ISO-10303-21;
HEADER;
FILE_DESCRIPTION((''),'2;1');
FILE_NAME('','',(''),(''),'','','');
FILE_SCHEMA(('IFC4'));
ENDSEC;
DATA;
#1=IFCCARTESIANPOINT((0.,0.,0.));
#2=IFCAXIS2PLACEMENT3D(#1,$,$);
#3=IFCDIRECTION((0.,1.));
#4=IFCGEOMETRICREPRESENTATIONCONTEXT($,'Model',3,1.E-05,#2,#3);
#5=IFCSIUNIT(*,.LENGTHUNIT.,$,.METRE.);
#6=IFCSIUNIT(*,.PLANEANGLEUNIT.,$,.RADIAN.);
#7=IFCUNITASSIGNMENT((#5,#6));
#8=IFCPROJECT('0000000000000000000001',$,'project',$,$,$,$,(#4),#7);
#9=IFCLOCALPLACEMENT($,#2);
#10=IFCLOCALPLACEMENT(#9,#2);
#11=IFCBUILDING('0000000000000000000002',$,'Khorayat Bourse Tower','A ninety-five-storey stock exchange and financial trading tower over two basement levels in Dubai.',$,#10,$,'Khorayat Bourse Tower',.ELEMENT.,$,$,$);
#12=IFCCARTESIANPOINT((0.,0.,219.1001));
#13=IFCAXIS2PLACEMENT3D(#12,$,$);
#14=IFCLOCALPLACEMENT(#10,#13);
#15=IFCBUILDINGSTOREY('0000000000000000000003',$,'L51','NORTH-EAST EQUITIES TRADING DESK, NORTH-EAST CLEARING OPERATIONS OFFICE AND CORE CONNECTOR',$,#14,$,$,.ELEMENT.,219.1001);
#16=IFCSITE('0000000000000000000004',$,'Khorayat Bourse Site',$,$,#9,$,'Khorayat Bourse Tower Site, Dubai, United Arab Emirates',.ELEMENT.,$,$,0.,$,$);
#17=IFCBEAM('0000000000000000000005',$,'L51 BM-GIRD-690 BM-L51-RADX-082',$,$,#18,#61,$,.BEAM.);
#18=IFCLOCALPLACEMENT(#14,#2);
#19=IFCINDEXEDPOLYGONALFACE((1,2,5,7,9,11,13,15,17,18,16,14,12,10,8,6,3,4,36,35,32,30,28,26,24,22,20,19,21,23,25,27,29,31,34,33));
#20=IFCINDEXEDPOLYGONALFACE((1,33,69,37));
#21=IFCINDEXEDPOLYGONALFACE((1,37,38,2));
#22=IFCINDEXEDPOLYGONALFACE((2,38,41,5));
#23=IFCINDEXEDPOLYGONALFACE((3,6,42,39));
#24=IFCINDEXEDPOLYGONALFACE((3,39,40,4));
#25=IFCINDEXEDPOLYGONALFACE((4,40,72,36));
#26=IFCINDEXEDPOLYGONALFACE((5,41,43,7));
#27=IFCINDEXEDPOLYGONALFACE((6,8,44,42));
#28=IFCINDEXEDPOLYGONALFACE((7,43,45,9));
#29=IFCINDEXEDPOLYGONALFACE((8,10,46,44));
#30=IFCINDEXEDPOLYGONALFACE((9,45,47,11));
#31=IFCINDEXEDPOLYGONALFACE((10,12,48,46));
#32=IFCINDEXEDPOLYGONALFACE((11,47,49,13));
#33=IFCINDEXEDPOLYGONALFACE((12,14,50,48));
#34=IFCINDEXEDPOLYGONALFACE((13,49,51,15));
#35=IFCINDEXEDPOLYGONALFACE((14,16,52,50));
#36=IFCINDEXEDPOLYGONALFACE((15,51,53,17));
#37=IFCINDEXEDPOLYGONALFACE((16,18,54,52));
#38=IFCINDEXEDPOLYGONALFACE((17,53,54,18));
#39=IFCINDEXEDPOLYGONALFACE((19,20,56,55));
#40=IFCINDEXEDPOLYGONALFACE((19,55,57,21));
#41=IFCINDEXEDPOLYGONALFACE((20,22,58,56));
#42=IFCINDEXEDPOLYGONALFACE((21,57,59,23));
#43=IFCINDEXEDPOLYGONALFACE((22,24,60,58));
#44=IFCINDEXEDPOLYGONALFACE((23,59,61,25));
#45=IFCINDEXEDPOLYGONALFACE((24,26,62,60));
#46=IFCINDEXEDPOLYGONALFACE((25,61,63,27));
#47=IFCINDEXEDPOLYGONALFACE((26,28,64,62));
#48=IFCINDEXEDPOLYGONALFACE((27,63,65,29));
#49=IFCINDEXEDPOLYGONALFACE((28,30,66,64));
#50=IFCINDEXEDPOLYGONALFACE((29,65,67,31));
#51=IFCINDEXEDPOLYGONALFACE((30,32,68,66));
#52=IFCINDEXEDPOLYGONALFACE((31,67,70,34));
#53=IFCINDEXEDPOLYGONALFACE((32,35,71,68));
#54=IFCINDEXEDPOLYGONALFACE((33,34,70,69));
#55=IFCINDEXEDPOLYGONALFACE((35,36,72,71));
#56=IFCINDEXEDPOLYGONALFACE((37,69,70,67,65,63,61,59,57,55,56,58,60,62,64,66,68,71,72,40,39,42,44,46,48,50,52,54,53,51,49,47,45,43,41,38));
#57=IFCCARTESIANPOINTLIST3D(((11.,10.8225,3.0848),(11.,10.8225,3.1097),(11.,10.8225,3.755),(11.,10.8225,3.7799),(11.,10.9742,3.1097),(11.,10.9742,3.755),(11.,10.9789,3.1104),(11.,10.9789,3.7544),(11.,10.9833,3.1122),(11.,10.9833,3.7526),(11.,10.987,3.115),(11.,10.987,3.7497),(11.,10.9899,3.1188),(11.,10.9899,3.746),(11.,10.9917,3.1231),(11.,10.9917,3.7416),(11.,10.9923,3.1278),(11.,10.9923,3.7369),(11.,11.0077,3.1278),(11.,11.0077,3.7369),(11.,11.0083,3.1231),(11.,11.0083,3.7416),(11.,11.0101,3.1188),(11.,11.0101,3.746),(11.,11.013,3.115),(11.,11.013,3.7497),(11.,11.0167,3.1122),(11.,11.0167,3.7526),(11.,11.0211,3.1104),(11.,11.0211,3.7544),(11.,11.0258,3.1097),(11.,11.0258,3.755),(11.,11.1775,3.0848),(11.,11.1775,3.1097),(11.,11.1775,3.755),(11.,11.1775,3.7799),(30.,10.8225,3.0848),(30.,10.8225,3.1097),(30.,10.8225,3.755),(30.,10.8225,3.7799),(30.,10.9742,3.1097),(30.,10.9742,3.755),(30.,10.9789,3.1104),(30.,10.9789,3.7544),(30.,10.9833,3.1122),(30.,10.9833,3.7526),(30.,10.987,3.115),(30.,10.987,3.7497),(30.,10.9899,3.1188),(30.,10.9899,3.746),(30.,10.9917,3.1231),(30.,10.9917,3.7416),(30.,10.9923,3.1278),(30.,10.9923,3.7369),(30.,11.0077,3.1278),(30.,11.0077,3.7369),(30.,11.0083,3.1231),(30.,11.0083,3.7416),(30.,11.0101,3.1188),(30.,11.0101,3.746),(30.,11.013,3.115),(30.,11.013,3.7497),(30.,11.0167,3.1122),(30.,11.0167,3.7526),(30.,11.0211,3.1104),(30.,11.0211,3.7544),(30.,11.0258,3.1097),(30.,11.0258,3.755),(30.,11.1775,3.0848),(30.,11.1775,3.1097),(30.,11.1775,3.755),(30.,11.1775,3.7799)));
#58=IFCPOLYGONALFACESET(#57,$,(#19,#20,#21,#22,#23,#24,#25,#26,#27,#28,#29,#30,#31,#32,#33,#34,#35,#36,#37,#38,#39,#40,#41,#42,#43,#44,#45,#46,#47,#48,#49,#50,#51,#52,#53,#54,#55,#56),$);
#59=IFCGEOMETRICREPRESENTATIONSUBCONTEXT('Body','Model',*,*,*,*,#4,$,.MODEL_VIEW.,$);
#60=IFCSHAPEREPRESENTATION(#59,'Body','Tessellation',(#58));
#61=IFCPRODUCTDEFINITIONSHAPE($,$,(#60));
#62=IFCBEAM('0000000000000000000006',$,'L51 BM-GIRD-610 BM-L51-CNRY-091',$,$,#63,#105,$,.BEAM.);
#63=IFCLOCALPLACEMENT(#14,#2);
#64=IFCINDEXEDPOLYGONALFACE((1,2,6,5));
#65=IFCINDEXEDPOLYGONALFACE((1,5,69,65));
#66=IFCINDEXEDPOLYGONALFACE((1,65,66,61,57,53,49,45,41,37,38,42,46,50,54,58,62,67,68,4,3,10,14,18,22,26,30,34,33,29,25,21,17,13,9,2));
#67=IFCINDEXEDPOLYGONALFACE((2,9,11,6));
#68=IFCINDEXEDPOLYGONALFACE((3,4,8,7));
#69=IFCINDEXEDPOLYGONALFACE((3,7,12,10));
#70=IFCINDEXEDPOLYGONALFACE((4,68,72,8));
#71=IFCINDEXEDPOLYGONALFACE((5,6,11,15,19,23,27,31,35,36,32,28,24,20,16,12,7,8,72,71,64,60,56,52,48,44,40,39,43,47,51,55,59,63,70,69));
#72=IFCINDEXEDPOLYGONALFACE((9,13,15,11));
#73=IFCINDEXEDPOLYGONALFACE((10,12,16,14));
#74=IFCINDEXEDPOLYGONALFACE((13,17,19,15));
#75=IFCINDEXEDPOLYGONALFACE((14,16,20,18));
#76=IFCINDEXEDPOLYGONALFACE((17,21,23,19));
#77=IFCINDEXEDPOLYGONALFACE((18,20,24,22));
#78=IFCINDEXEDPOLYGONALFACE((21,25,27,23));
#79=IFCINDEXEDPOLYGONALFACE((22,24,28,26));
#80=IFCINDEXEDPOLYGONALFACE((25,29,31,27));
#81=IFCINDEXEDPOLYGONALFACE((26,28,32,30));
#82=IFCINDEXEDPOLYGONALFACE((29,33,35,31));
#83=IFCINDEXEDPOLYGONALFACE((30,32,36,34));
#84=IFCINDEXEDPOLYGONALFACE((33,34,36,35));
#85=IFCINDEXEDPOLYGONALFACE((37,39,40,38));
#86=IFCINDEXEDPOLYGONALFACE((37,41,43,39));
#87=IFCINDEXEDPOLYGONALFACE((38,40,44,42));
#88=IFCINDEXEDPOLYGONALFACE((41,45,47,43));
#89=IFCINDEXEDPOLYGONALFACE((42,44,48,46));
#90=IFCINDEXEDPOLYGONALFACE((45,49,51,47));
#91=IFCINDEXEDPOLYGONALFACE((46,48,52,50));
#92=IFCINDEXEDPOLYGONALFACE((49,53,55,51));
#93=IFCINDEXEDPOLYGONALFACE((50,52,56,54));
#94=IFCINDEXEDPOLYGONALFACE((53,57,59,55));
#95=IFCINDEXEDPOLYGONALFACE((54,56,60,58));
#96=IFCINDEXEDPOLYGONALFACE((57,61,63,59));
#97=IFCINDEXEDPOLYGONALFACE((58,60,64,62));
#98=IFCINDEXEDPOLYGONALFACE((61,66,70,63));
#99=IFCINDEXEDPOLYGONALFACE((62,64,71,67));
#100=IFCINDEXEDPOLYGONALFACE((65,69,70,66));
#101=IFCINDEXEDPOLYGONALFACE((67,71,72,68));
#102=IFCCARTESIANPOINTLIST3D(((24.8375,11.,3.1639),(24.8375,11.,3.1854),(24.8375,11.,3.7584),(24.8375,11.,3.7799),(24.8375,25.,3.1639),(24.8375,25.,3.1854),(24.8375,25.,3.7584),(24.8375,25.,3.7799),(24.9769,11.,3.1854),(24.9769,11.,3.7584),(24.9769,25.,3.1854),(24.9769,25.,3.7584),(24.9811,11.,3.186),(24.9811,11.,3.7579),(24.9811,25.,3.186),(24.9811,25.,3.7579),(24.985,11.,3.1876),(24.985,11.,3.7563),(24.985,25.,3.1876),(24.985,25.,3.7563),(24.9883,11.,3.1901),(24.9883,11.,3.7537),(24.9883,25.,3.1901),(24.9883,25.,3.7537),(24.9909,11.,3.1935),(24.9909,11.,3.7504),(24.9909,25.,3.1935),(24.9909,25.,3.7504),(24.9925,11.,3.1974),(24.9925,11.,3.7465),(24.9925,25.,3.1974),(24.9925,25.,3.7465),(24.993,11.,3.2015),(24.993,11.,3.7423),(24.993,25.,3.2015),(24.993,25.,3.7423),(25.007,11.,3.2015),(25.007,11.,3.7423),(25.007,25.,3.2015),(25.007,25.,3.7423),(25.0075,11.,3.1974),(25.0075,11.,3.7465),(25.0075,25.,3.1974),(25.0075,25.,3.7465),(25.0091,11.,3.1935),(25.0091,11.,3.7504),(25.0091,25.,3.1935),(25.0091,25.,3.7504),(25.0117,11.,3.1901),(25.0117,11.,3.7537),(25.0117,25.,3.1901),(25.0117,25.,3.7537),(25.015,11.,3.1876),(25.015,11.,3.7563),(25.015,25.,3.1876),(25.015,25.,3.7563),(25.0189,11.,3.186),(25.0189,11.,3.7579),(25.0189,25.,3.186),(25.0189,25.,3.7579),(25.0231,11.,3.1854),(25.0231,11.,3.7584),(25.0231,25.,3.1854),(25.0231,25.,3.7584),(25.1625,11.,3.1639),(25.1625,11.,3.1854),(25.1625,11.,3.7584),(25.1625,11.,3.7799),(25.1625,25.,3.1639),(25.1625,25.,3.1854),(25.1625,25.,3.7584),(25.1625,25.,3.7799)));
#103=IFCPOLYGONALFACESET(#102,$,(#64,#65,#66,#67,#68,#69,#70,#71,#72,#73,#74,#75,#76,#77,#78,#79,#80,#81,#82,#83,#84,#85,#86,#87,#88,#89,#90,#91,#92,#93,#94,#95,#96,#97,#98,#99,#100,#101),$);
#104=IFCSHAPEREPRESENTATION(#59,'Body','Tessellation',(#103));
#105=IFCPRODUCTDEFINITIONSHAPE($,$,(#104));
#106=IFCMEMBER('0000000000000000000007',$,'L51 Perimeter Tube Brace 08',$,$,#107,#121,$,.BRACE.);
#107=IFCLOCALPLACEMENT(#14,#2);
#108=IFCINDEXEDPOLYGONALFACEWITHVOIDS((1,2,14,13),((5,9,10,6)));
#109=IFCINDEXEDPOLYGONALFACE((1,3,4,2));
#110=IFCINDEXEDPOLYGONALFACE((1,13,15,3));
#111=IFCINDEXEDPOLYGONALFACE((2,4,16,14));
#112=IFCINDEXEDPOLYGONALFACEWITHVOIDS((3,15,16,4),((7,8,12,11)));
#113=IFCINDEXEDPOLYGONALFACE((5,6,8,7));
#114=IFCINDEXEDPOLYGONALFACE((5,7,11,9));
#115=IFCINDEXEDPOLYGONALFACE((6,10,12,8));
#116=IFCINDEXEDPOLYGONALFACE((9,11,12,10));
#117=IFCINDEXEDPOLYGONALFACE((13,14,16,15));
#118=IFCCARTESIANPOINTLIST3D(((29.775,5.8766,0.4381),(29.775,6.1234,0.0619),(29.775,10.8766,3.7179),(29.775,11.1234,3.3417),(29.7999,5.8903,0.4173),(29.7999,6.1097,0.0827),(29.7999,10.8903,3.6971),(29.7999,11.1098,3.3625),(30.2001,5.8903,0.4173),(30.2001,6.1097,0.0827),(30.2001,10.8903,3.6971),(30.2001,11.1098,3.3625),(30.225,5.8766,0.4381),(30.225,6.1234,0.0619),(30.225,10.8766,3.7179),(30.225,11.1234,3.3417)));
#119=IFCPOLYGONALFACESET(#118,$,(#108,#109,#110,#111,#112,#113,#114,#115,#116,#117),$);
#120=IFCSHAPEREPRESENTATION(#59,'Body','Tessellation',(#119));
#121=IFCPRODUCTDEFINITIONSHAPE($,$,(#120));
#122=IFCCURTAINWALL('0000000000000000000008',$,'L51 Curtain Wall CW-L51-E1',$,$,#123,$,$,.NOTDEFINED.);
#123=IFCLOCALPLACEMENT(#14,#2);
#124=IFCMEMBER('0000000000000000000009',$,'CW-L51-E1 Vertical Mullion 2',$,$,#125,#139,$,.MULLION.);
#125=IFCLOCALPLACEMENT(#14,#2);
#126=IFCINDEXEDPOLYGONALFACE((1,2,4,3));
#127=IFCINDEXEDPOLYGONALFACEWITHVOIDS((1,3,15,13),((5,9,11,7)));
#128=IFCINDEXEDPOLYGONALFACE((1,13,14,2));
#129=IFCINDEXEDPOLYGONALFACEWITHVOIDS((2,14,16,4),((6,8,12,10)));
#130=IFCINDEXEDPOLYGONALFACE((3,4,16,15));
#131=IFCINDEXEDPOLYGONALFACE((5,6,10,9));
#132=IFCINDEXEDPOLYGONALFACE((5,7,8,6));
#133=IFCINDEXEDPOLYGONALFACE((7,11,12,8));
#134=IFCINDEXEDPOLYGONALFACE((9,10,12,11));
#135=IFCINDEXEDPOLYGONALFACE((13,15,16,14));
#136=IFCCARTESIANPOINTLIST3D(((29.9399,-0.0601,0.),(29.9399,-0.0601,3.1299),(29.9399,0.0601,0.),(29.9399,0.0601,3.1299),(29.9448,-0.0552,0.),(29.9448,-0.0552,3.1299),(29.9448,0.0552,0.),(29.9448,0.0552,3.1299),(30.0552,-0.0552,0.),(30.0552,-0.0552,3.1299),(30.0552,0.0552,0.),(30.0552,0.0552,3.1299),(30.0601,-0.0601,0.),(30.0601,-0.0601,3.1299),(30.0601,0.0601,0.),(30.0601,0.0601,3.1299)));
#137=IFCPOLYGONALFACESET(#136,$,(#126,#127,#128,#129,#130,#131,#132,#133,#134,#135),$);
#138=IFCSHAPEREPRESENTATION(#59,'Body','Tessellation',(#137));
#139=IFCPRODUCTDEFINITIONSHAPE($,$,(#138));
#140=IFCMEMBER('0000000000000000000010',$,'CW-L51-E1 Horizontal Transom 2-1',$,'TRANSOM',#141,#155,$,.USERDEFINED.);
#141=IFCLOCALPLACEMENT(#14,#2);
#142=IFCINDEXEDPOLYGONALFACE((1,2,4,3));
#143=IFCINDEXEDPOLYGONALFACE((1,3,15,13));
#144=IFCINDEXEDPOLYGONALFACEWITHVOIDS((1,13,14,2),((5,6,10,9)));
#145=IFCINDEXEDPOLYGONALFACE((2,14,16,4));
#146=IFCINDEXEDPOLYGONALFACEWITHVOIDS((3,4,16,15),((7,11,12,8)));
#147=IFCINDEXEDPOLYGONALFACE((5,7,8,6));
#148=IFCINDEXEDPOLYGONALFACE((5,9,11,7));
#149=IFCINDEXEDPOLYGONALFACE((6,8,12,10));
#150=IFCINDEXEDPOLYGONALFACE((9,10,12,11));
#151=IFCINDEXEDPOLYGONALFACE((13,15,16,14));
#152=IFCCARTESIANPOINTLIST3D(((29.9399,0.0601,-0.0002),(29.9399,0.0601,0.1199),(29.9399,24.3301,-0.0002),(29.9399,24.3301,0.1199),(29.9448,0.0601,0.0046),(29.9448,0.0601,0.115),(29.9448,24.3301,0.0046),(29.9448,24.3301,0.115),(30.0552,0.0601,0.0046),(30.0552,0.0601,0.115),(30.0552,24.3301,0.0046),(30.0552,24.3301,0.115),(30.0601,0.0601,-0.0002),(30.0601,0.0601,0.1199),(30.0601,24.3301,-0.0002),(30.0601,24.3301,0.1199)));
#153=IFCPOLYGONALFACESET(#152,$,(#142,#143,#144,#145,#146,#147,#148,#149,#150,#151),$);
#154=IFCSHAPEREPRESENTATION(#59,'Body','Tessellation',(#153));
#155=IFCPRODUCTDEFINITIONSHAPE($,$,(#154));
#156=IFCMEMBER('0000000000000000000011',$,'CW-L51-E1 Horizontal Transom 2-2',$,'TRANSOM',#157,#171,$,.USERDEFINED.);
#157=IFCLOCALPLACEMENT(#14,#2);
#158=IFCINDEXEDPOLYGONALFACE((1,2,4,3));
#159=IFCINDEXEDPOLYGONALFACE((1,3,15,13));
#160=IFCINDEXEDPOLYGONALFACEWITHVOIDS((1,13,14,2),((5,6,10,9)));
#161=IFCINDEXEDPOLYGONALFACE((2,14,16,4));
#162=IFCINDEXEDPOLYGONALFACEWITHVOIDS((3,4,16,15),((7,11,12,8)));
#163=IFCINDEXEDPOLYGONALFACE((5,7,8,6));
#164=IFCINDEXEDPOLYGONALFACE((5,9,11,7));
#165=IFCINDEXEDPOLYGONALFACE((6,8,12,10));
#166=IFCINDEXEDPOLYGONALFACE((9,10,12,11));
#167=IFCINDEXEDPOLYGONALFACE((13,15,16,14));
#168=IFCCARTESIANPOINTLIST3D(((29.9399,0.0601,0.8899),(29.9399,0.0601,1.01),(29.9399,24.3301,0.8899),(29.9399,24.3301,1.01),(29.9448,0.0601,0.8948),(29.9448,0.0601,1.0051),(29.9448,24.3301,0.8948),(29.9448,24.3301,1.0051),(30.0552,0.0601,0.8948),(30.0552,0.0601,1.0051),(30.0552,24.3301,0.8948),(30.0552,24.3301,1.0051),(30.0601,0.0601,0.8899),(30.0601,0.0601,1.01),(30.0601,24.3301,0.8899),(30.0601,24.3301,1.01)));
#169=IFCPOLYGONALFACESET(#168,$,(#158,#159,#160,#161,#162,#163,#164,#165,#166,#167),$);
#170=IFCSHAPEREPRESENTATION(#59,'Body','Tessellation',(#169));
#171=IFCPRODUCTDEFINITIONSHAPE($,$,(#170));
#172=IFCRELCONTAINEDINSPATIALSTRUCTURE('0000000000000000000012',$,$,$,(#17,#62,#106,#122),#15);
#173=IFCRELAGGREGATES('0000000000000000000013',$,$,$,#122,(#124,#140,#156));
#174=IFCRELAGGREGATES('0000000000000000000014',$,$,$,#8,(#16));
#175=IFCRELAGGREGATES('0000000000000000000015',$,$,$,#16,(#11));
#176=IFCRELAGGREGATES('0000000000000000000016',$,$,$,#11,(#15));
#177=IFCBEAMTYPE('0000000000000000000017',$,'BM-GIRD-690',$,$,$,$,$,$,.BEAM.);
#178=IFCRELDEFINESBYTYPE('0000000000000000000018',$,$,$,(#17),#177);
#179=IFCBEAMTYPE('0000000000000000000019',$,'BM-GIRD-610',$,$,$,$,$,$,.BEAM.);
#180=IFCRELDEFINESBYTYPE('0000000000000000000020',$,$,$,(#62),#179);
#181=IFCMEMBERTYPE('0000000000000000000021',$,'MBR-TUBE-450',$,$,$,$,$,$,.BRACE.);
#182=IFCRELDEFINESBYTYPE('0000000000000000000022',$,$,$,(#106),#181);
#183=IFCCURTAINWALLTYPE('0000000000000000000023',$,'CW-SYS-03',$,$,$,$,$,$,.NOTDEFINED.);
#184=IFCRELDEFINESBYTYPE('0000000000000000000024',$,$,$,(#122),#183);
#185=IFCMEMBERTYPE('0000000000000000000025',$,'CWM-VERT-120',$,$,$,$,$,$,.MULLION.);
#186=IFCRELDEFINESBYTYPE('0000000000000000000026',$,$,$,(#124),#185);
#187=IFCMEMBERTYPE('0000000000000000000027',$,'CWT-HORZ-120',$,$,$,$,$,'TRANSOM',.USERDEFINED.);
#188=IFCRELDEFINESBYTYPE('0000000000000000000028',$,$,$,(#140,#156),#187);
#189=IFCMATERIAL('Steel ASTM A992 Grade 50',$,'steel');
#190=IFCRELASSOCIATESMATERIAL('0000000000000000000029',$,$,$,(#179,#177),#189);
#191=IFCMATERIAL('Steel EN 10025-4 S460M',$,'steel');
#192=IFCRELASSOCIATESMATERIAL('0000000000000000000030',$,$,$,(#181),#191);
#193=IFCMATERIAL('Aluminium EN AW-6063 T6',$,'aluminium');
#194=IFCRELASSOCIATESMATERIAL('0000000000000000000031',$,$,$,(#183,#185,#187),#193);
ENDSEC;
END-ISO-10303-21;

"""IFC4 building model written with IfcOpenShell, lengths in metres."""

from ifc_helpers import new_model, si_unit, direction, frame, origin, origin_2d, place, context, subcontext, project, spatial, hollow_rectangle, i_section, extrude, source, transform, mapped, material, material_profile, profile_set, type_object, element, aggregate, save


model = new_model("IFC4")

# Units and contexts
model_context = context("Model", 3, precision=1e-05, world=origin(), true_north=direction((0.0, 1.0)))
body_context = subcontext(model_context, "Body", "Model", "MODEL_VIEW")
ifc_project = project(units=[si_unit("LENGTHUNIT", "METRE"), si_unit("PLANEANGLEUNIT", "RADIAN")], contexts=[model_context])

# Site, building, storey
site_placement = place(None, origin())
site = spatial("IfcSite", under=ifc_project, at=site_placement, Name="Khorayat Bourse Site", LongName="Khorayat Bourse Tower Site, Dubai, United Arab Emirates", CompositionType="ELEMENT", RefElevation=0.0)
building_placement = place(site_placement, origin())
building = spatial("IfcBuilding", under=site, at=building_placement, Name="Khorayat Bourse Tower", Description="A ninety-five-storey stock exchange and financial trading tower over two basement levels in Dubai.", LongName="Khorayat Bourse Tower", CompositionType="ELEMENT")
storey_placement = place(building_placement, frame((0.0, 0.0, 219.1001)))
storey = spatial("IfcBuildingStorey", under=building, at=storey_placement, Name="L51", Description="NORTH-EAST EQUITIES TRADING DESK, NORTH-EAST CLEARING OPERATIONS OFFICE AND CORE CONNECTOR", CompositionType="ELEMENT", Elevation=219.1001)

# Shared definitions
ifc_material_1 = material(Name="Steel EN 10025-4 S460M", Category="steel")

# Beams
ifc_material_2 = material(Name="Steel ASTM A992 Grade 50", Category="steel")
ifc_material_profile_1 = material_profile(ifc_material_2, i_section(OverallWidth=0.325, OverallDepth=0.616, WebThickness=0.0139, FlangeThickness=0.0215, FilletRadius=0.0161, at=origin_2d()), Name="W610X174")
ifc_profile_set_1 = profile_set([ifc_material_profile_1], Name="Steel ASTM A992 Grade 50")
beam_type_1 = type_object("IfcBeamType", Name="BM-GIRD-610", PredefinedType="BEAM", material=ifc_profile_set_1)
ifc_material_profile_2 = material_profile(ifc_material_2, i_section(OverallWidth=0.355, OverallDepth=0.6951, WebThickness=0.0154, FlangeThickness=0.0249, FilletRadius=0.0181, at=origin_2d()), Name="W690X217")
ifc_profile_set_2 = profile_set([ifc_material_profile_2], Name="Steel ASTM A992 Grade 50")
beam_type_2 = type_object("IfcBeamType", Name="BM-GIRD-690", PredefinedType="BEAM", material=ifc_profile_set_2)
shared_shape_1 = source(origin(), body_context, "Body", "SweptSolid", [
    extrude(i_section(OverallWidth=0.355, OverallDepth=0.6951, WebThickness=0.0154, FlangeThickness=0.0249, FilletRadius=0.0181, at=origin_2d()), origin(), (0.0, 0.0, 1.0), 19.0),
])
for number, where, z_axis, x_axis, name in (
    (1, (11.0, 11.0, 3.4324), (1.0, 0.0, 0.0), (0.0, 1.0, 0.0), "L51 BM-GIRD-690 BM-L51-RADX-082"),
):
    element("IfcBeam", number, at=place(storey_placement, frame(where, z_axis=z_axis, x_axis=x_axis)), inside=storey, type_object=beam_type_2, Name=name, PredefinedType="BEAM", context=body_context, shape_type="MappedRepresentation", body=[
        mapped(shared_shape_1, transform((0.0, 0.0, 0.0), scale=1.0)),
    ])
shared_shape_2 = source(origin(), body_context, "Body", "SweptSolid", [
    extrude(i_section(OverallWidth=0.325, OverallDepth=0.616, WebThickness=0.0139, FlangeThickness=0.0215, FilletRadius=0.0161, at=origin_2d()), origin(), (0.0, 0.0, 1.0), 14.0),
])
beam_1_placement = place(storey_placement, frame((25.0, 11.0, 3.4719), z_axis=(0.0, 1.0, 0.0), x_axis=(-1.0, 0.0, 0.0)))
element("IfcBeam", 2, at=beam_1_placement, inside=storey, type_object=beam_type_1, Name="L51 BM-GIRD-610 BM-L51-CNRY-091", PredefinedType="BEAM", context=body_context, shape_type="MappedRepresentation", body=[
    mapped(shared_shape_2, transform((0.0, 0.0, 0.0), scale=1.0)),
])

# Member
ifc_material_profile_3 = material_profile(ifc_material_1, hollow_rectangle(XDim=0.45, YDim=0.45, WallThickness=0.0249, at=origin_2d()), Name="HSS 450x450x25")
ifc_profile_set_3 = profile_set([ifc_material_profile_3], Name="Steel EN 10025-4 S460M")
member_type_1 = type_object("IfcMemberType", Name="MBR-TUBE-450", PredefinedType="BRACE", material=ifc_profile_set_3)
shared_shape_3 = source(origin(), body_context, "Body", "SweptSolid", [
    extrude(hollow_rectangle(XDim=0.45, YDim=0.45, WallThickness=0.0249, at=origin_2d()), origin(), (0.0, 0.0, 1.0), 5.9797),
])
member_1_placement = place(storey_placement, frame((30.0, 6.0, 0.25), z_axis=(0.0, 0.83616, 0.548485), x_axis=(-1.0, 0.0, 0.0)))
element("IfcMember", 3, at=member_1_placement, inside=storey, type_object=member_type_1, Name="L51 Perimeter Tube Brace 08", PredefinedType="BRACE", context=body_context, shape_type="MappedRepresentation", body=[
    mapped(shared_shape_3, transform((0.0, 0.0, 0.0), scale=1.0)),
])

# Curtain wall, members
ifc_material_3 = material(Name="Aluminium EN AW-6063 T6", Category="aluminium")
curtain_wall_type = type_object("IfcCurtainWallType", Name="CW-SYS-03", PredefinedType="NOTDEFINED", material=ifc_material_3)
curtain_wall_placement = place(storey_placement, origin())
curtain_wall = element("IfcCurtainWall", 4, at=curtain_wall_placement, inside=storey, type_object=curtain_wall_type, Name="L51 Curtain Wall CW-L51-E1", PredefinedType="NOTDEFINED")
ifc_material_profile_4 = material_profile(ifc_material_3, hollow_rectangle(XDim=0.1201, YDim=0.1201, WallThickness=0.0049, at=origin_2d()), Name="ALU 120x120x5")
ifc_profile_set_4 = profile_set([ifc_material_profile_4], Name="Aluminium EN AW-6063 T6")
member_type_2 = type_object("IfcMemberType", Name="CWM-VERT-120", PredefinedType="MULLION", material=ifc_profile_set_4)
shared_shape_4 = source(origin(), body_context, "Body", "SweptSolid", [
    extrude(hollow_rectangle(XDim=0.1201, YDim=0.1201, WallThickness=0.0049, at=origin_2d()), origin(), (0.0, 0.0, 1.0), 3.1299),
])
member_2_placement = place(storey_placement, frame((30.0, 0.0, 0.0), z_axis=(0.0, 0.0, 1.0), x_axis=(-1.0, 0.0, 0.0)))
member_2 = element("IfcMember", 5, at=member_2_placement, type_object=member_type_2, Name="CW-L51-E1 Vertical Mullion 2", PredefinedType="MULLION", context=body_context, shape_type="MappedRepresentation", body=[
    mapped(shared_shape_4, transform((0.0, 0.0, 0.0), scale=1.0)),
])
ifc_material_profile_5 = material_profile(ifc_material_3, hollow_rectangle(XDim=0.1201, YDim=0.1201, WallThickness=0.0049, at=origin_2d()), Name="ALU 120x120x5")
ifc_profile_set_5 = profile_set([ifc_material_profile_5], Name="Aluminium EN AW-6063 T6")
member_type_3 = type_object("IfcMemberType", Name="CWT-HORZ-120", ElementType="TRANSOM", PredefinedType="USERDEFINED", material=ifc_profile_set_5)
shared_shape_5 = source(origin(), body_context, "Body", "SweptSolid", [
    extrude(hollow_rectangle(XDim=0.1201, YDim=0.1201, WallThickness=0.0049, at=origin_2d()), origin(), (0.0, 0.0, 1.0), 24.27),
])
member_3_placement = place(storey_placement, frame((30.0, 0.0601, 0.0598), z_axis=(0.0, 1.0, 0.0), x_axis=(-1.0, 0.0, 0.0)))
member_3 = element("IfcMember", 6, at=member_3_placement, type_object=member_type_3, Name="CW-L51-E1 Horizontal Transom 2-1", ObjectType="TRANSOM", PredefinedType="USERDEFINED", context=body_context, shape_type="MappedRepresentation", body=[
    mapped(shared_shape_5, transform((0.0, 0.0, 0.0), scale=1.0)),
])
member_4_placement = place(storey_placement, frame((30.0, 0.0601, 0.95), z_axis=(0.0, 1.0, 0.0), x_axis=(-1.0, 0.0, 0.0)))
member_4 = element("IfcMember", 7, at=member_4_placement, type_object=member_type_3, Name="CW-L51-E1 Horizontal Transom 2-2", ObjectType="TRANSOM", PredefinedType="USERDEFINED", context=body_context, shape_type="MappedRepresentation", body=[
    mapped(shared_shape_5, transform((0.0, 0.0, 0.0), scale=1.0)),
])

aggregate(curtain_wall, [member_2, member_3, member_4])

save(model, "model.ifc")
